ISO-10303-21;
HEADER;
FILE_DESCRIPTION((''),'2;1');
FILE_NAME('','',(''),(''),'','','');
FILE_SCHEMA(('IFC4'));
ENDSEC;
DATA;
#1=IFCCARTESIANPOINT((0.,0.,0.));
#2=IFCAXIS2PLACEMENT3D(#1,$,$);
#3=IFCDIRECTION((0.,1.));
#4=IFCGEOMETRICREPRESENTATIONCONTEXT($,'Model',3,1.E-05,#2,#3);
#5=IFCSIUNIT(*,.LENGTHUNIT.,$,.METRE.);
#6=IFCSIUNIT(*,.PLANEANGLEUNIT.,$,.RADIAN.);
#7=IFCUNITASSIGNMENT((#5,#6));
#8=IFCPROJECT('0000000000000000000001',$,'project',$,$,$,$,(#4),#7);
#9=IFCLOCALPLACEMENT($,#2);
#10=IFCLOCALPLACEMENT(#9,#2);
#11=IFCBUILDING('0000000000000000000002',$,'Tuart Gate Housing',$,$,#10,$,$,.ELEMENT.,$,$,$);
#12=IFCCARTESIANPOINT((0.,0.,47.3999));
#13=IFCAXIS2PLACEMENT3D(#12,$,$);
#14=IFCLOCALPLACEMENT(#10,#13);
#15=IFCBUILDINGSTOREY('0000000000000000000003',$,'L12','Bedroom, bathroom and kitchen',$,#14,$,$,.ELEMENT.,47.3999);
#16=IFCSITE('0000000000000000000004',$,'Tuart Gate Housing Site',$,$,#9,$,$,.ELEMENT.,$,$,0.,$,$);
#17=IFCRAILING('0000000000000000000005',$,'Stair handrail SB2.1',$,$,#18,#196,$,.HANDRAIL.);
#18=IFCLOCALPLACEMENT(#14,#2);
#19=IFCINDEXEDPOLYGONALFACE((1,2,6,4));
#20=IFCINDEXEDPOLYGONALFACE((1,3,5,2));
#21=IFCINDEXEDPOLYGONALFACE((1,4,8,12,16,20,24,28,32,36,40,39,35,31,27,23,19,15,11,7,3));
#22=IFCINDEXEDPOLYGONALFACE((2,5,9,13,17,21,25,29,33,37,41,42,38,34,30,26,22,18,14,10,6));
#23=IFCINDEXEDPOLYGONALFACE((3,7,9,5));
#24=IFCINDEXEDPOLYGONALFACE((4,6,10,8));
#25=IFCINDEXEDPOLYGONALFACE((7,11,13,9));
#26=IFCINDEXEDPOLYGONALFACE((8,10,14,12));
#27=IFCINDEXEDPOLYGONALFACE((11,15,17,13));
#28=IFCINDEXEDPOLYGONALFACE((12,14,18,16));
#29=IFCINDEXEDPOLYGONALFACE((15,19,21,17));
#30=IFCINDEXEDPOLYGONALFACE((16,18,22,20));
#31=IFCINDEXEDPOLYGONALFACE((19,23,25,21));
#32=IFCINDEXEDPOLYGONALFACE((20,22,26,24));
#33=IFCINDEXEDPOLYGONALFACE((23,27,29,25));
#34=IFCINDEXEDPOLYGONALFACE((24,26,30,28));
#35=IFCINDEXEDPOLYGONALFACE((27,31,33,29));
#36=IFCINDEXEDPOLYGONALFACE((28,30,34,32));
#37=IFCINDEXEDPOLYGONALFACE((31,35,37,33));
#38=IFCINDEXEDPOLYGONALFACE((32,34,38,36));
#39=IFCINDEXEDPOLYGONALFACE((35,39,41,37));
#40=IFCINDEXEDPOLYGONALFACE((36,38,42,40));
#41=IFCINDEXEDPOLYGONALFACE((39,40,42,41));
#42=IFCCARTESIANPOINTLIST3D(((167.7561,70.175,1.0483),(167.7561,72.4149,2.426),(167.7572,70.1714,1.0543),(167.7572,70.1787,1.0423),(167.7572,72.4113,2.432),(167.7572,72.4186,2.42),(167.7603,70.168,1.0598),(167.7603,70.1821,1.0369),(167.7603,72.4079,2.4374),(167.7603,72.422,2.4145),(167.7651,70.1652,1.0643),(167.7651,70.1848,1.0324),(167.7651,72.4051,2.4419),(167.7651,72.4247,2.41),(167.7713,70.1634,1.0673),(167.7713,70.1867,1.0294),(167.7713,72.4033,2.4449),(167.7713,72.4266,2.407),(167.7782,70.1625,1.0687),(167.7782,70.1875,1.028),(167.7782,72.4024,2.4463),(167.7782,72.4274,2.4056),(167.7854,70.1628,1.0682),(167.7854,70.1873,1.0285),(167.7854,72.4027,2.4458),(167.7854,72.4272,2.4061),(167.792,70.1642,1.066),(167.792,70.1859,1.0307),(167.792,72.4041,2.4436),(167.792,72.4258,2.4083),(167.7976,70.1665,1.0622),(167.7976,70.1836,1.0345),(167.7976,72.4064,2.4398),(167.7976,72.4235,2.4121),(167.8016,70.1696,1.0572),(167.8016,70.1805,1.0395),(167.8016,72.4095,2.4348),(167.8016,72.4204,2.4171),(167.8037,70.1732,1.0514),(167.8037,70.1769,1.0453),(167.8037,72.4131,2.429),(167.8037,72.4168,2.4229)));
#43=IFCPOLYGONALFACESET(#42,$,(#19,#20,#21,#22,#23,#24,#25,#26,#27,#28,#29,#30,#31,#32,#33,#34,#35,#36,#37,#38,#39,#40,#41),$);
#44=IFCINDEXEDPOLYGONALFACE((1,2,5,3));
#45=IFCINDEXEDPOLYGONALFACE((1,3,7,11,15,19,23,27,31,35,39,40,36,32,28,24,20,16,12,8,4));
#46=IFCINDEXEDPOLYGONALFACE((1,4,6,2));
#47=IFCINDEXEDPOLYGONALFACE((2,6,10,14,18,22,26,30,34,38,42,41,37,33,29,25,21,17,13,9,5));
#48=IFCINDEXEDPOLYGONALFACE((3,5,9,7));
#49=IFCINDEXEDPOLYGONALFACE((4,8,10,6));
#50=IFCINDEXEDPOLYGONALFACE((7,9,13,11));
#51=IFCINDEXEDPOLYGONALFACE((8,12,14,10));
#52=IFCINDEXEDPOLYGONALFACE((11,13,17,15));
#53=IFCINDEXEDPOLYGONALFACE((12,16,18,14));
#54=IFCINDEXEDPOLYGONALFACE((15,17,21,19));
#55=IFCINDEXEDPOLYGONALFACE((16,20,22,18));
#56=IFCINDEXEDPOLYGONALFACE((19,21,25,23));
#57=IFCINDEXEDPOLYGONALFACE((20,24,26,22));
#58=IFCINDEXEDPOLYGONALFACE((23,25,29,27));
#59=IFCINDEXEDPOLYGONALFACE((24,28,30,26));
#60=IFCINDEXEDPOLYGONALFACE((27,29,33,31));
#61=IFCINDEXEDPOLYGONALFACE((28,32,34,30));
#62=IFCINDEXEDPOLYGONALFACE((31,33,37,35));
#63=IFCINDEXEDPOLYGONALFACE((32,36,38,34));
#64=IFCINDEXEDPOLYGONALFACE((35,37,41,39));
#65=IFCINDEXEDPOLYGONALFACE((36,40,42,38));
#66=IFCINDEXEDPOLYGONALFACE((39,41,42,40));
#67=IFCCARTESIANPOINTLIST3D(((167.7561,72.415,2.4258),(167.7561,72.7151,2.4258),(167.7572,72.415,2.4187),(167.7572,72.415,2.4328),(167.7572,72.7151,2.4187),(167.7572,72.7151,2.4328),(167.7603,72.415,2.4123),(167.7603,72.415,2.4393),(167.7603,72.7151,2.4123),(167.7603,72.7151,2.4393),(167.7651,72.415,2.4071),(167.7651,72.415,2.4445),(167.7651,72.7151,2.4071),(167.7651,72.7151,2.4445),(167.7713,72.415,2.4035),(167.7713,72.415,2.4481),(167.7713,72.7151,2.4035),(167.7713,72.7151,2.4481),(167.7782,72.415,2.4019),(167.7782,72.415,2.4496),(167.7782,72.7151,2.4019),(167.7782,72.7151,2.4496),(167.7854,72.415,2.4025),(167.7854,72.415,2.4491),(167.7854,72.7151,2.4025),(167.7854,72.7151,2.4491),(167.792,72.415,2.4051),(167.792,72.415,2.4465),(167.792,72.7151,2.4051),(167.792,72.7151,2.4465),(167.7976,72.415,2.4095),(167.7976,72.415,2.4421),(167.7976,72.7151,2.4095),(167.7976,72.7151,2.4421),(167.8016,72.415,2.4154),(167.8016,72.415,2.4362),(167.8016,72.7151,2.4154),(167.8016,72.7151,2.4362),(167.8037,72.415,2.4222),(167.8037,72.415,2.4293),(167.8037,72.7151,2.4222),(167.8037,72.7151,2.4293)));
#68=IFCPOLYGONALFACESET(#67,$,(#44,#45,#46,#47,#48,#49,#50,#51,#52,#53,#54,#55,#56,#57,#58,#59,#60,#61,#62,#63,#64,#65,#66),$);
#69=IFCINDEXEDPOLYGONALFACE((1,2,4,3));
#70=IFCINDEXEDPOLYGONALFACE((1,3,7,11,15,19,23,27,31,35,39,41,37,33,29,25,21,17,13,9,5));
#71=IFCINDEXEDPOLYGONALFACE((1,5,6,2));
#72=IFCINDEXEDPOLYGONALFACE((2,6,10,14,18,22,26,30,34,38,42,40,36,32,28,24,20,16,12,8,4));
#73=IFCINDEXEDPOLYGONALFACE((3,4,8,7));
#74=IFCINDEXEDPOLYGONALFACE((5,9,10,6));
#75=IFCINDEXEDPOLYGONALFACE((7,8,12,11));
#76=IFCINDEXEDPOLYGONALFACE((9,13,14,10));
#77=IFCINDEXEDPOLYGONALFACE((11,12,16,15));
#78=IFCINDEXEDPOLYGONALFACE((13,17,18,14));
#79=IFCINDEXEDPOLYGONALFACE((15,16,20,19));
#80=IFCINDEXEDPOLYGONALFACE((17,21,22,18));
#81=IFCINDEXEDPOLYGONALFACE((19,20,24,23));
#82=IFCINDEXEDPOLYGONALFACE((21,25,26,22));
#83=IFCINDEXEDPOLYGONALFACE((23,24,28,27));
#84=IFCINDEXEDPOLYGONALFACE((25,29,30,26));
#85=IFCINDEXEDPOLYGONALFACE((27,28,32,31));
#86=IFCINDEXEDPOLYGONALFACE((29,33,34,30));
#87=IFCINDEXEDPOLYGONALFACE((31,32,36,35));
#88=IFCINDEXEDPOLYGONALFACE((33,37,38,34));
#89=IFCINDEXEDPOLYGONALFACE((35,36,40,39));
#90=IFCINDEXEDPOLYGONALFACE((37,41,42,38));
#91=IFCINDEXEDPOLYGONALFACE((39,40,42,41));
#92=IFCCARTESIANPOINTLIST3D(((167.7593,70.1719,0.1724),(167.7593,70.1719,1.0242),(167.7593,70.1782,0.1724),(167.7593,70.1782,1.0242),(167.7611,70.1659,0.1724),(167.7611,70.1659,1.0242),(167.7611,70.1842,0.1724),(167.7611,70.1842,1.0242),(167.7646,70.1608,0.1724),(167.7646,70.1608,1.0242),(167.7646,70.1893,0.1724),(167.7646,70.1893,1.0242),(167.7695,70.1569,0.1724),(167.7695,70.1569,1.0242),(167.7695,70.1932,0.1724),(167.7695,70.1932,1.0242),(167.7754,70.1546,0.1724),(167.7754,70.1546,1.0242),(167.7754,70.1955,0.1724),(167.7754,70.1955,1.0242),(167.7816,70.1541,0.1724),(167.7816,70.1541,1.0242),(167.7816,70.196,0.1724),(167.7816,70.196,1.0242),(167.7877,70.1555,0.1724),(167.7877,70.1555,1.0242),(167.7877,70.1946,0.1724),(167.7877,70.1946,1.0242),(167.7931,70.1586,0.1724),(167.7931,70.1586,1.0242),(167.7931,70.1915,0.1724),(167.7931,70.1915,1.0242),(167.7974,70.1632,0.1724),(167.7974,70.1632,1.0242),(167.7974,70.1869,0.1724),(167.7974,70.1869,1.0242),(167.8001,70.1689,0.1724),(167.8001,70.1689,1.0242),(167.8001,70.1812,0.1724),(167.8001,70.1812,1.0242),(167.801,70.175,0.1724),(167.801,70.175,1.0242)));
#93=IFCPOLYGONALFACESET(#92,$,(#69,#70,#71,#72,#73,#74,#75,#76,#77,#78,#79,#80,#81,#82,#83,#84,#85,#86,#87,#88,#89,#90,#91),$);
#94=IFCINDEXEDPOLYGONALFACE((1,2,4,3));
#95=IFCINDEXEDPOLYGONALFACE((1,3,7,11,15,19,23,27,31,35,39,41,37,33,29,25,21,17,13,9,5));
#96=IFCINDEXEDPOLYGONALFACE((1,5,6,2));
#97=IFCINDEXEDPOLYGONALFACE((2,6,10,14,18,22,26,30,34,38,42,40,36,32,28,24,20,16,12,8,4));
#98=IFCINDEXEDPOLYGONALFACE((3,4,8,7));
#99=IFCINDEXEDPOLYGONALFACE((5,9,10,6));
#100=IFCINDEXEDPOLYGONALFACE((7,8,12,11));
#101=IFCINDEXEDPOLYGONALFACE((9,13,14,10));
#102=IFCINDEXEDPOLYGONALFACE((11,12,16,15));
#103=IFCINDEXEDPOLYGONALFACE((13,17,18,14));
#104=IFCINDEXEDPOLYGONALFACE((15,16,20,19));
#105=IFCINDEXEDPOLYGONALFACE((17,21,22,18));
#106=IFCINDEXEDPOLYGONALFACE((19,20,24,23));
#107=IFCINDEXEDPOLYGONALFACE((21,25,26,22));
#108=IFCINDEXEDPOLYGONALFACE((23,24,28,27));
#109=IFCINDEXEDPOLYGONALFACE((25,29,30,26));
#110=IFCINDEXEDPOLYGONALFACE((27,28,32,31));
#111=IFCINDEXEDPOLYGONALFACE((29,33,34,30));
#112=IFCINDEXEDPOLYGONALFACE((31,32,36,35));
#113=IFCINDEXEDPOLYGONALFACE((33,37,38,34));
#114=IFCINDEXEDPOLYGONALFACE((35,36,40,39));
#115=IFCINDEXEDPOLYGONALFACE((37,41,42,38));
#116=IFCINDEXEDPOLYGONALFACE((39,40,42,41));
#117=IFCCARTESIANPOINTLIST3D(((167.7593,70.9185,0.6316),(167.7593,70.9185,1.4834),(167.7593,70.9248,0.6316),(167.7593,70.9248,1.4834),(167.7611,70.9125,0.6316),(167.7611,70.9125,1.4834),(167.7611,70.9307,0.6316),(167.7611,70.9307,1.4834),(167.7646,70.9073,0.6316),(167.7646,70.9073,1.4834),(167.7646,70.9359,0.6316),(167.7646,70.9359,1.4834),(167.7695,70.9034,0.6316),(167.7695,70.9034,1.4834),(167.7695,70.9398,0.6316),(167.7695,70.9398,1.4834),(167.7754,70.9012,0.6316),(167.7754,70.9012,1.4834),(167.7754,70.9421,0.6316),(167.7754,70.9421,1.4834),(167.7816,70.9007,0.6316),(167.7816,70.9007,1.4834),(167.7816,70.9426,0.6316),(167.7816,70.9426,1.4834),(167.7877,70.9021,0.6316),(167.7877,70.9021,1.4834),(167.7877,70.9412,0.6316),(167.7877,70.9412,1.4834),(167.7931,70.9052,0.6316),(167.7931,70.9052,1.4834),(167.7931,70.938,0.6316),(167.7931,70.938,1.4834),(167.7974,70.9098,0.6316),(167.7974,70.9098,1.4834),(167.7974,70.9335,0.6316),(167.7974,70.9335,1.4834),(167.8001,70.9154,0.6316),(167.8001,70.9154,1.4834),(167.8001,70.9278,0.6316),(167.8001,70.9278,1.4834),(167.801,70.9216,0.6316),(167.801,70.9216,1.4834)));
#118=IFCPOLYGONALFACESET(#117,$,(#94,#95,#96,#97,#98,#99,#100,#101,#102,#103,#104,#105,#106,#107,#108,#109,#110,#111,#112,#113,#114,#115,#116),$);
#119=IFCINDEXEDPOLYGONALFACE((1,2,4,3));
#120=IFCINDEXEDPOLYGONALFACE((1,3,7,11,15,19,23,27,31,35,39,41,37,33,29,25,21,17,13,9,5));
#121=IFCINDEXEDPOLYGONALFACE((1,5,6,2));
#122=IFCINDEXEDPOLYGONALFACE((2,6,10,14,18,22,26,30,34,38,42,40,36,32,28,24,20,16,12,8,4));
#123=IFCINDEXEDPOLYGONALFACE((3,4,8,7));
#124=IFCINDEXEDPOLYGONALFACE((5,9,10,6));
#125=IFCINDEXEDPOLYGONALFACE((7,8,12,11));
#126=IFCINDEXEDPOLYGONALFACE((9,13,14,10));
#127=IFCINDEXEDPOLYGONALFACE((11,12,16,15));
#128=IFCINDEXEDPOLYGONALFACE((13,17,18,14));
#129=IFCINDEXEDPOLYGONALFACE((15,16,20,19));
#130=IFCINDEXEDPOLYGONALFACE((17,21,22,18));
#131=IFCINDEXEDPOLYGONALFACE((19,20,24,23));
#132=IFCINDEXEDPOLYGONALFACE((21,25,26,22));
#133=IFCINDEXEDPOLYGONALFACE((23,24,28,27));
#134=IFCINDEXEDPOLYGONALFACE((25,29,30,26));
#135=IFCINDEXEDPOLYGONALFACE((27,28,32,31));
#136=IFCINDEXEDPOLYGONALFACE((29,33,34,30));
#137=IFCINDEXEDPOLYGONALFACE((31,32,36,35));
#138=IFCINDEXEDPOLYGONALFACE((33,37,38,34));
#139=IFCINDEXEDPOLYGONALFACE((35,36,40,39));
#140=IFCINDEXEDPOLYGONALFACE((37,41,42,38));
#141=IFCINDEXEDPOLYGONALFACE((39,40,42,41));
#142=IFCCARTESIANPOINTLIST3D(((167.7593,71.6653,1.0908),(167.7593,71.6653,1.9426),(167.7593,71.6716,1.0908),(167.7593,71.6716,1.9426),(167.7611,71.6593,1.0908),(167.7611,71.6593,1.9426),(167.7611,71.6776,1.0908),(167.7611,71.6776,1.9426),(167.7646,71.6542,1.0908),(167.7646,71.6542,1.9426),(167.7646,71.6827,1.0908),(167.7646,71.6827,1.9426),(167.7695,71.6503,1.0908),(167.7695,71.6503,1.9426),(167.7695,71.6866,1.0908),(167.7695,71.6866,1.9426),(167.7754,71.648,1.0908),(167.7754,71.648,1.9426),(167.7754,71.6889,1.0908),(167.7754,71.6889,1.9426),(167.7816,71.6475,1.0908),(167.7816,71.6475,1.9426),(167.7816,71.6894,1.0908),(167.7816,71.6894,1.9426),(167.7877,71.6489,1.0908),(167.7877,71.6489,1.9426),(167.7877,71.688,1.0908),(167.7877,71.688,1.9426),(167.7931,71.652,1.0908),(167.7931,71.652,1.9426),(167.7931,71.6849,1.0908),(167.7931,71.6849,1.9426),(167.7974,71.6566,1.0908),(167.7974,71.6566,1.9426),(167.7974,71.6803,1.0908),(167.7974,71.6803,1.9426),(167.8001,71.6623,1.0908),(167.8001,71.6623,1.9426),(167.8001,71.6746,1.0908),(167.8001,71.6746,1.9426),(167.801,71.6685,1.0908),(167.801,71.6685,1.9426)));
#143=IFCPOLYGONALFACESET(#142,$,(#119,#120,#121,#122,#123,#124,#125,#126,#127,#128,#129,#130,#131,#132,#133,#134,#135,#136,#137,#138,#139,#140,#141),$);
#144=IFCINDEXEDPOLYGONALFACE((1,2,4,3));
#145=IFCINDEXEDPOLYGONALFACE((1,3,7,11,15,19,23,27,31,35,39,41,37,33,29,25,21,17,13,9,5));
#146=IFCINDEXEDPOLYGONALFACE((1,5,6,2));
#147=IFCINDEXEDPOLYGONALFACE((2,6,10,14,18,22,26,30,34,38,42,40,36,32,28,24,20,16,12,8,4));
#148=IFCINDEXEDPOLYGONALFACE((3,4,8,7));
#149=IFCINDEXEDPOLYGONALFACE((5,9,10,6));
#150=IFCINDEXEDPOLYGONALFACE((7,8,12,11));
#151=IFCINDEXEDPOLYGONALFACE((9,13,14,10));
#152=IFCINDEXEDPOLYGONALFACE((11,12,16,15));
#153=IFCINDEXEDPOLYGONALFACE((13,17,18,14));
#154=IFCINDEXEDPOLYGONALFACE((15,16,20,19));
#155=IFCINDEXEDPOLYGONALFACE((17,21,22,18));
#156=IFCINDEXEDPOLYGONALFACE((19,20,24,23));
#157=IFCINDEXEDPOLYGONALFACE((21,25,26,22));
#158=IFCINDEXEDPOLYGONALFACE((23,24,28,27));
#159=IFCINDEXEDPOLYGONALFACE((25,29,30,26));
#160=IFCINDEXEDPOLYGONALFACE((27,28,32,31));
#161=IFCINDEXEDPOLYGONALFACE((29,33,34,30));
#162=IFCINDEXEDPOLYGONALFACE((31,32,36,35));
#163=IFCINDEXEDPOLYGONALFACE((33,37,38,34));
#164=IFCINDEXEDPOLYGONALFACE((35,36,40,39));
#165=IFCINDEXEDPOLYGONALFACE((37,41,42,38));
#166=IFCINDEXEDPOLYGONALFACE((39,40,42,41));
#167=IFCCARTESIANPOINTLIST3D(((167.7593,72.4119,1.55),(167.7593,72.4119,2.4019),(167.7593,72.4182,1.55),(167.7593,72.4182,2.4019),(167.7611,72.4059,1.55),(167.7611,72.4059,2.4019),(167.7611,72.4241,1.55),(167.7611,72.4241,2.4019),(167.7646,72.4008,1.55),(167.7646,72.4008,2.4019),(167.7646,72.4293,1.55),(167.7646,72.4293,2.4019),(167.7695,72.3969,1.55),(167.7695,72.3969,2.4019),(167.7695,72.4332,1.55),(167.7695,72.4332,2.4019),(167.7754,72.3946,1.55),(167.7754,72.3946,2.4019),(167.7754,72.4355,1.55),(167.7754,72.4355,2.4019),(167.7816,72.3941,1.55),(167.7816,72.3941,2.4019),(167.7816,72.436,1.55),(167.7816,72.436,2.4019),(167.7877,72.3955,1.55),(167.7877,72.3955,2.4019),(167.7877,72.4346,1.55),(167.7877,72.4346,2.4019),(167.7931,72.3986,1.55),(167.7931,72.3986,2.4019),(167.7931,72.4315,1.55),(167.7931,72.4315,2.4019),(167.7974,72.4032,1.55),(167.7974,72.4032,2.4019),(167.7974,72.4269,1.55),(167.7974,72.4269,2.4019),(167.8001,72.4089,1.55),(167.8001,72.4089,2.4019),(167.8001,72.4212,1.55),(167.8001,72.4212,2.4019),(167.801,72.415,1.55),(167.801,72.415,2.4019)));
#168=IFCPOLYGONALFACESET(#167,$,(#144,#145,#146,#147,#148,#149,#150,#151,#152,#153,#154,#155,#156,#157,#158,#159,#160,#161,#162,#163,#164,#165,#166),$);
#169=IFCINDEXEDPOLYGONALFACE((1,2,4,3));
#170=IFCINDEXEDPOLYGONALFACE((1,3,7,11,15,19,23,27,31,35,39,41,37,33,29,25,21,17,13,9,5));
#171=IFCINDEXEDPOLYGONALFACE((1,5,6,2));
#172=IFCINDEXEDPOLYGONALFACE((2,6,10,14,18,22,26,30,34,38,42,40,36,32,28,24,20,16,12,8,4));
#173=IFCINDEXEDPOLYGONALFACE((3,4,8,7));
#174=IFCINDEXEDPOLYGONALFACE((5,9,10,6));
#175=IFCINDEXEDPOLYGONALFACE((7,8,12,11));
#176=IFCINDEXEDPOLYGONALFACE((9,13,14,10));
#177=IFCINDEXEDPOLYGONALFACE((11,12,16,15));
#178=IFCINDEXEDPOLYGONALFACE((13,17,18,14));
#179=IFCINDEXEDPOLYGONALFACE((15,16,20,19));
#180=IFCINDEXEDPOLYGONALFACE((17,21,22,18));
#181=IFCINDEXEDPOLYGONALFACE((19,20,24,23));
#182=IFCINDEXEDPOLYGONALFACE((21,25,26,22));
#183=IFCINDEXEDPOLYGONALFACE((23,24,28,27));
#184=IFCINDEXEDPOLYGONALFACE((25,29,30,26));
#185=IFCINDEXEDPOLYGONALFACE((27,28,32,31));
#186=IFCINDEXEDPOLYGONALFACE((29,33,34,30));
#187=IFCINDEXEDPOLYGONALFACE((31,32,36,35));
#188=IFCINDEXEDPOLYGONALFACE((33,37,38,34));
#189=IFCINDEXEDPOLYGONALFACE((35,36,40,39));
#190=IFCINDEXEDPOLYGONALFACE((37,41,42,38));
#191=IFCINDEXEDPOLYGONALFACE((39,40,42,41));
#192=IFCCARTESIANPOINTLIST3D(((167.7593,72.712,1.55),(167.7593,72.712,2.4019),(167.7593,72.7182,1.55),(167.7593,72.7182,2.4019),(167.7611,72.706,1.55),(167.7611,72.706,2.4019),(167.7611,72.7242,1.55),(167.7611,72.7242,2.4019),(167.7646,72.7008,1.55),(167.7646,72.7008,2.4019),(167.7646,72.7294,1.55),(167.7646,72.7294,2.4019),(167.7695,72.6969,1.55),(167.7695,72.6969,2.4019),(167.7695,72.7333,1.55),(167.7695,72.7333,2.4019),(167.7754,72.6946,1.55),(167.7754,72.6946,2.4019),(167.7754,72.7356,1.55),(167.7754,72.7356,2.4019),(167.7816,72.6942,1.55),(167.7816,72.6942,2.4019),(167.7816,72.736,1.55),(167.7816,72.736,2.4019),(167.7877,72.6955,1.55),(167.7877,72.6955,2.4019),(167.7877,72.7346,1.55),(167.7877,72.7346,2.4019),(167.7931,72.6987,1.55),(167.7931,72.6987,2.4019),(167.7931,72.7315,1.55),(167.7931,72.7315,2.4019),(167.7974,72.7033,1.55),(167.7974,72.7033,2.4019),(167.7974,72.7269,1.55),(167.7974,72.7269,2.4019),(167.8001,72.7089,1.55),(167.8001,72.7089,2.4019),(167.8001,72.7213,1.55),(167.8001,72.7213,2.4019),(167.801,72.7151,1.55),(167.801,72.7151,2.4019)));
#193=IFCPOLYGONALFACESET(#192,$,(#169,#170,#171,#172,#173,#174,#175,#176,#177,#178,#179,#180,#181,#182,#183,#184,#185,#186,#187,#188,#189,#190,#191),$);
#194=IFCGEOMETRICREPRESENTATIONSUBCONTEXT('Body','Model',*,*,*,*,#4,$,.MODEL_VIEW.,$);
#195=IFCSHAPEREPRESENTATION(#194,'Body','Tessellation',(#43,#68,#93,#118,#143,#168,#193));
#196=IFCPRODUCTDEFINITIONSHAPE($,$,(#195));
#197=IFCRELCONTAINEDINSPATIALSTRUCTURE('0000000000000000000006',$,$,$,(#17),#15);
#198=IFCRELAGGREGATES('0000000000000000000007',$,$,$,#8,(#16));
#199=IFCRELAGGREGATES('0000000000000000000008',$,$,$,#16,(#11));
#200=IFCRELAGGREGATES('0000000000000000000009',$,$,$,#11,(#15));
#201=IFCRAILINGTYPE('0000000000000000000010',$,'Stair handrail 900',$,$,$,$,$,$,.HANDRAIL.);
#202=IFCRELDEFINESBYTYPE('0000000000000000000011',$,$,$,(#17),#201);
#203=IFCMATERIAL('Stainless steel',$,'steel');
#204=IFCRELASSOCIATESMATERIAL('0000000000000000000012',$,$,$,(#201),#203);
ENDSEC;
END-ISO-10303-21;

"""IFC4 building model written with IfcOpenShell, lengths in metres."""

from ifc_helpers import new_model, si_unit, direction, frame, origin, origin_2d, place, context, subcontext, project, spatial, circle, extrude, material, type_object, element, save


model = new_model("IFC4")

# Units and contexts
model_context = context("Model", 3, precision=1e-05, world=origin(), true_north=direction((0.0, 1.0)))
body_context = subcontext(model_context, "Body", "Model", "MODEL_VIEW")
ifc_project = project(units=[si_unit("LENGTHUNIT", "METRE"), si_unit("PLANEANGLEUNIT", "RADIAN")], contexts=[model_context])

# Site, building, storey
site_placement = place(None, origin())
site = spatial("IfcSite", under=ifc_project, at=site_placement, Name="Tuart Gate Housing Site", CompositionType="ELEMENT", RefElevation=0.0)
building_placement = place(site_placement, origin())
building = spatial("IfcBuilding", under=site, at=building_placement, Name="Tuart Gate Housing", CompositionType="ELEMENT")
storey_placement = place(building_placement, frame((0.0, 0.0, 47.3999)))
storey = spatial("IfcBuildingStorey", under=building, at=storey_placement, Name="L12", Description="Bedroom, bathroom and kitchen", CompositionType="ELEMENT", Elevation=47.3999)

# Railing
ifc_material_1 = material(Name="Stainless steel", Category="steel")
railing_type = type_object("IfcRailingType", Name="Stair handrail 900", PredefinedType="HANDRAIL", material=ifc_material_1)
railing_placement = place(storey_placement, frame((167.78, 70.175, 0.1724)))
element("IfcRailing", 1, at=railing_placement, inside=storey, type_object=railing_type, Name="Stair handrail SB2.1", PredefinedType="HANDRAIL", context=body_context, shape_type="SweptSolid", body=[
    extrude(circle(Radius=0.0239, at=origin_2d()), frame((0.0, 0.0, 0.876), z_axis=(0.0, 0.851789, 0.523885), x_axis=(-1.0, 0.0, 0.0)), (0.0, 0.0, 1.0), 2.6296),
    extrude(circle(Radius=0.0239, at=origin_2d()), frame((0.0, 2.24, 2.2534), z_axis=(0.0, 1.0, 0.0), x_axis=(-1.0, 0.0, 0.0)), (0.0, 0.0, 1.0), 0.3),
    extrude(circle(Radius=0.021, at=origin_2d()), origin(), (0.0, 0.0, 1.0), 0.8518),
    extrude(circle(Radius=0.021, at=origin_2d()), frame((0.0, 0.7466, 0.4592)), (0.0, 0.0, 1.0), 0.8518),
    extrude(circle(Radius=0.021, at=origin_2d()), frame((0.0, 1.4934, 0.9185)), (0.0, 0.0, 1.0), 0.8518),
    extrude(circle(Radius=0.021, at=origin_2d()), frame((0.0, 2.24, 1.3777)), (0.0, 0.0, 1.0), 0.8518),
    extrude(circle(Radius=0.021, at=origin_2d()), frame((0.0, 2.54, 1.3777)), (0.0, 0.0, 1.0), 0.8518),
])

save(model, "model.ifc")
